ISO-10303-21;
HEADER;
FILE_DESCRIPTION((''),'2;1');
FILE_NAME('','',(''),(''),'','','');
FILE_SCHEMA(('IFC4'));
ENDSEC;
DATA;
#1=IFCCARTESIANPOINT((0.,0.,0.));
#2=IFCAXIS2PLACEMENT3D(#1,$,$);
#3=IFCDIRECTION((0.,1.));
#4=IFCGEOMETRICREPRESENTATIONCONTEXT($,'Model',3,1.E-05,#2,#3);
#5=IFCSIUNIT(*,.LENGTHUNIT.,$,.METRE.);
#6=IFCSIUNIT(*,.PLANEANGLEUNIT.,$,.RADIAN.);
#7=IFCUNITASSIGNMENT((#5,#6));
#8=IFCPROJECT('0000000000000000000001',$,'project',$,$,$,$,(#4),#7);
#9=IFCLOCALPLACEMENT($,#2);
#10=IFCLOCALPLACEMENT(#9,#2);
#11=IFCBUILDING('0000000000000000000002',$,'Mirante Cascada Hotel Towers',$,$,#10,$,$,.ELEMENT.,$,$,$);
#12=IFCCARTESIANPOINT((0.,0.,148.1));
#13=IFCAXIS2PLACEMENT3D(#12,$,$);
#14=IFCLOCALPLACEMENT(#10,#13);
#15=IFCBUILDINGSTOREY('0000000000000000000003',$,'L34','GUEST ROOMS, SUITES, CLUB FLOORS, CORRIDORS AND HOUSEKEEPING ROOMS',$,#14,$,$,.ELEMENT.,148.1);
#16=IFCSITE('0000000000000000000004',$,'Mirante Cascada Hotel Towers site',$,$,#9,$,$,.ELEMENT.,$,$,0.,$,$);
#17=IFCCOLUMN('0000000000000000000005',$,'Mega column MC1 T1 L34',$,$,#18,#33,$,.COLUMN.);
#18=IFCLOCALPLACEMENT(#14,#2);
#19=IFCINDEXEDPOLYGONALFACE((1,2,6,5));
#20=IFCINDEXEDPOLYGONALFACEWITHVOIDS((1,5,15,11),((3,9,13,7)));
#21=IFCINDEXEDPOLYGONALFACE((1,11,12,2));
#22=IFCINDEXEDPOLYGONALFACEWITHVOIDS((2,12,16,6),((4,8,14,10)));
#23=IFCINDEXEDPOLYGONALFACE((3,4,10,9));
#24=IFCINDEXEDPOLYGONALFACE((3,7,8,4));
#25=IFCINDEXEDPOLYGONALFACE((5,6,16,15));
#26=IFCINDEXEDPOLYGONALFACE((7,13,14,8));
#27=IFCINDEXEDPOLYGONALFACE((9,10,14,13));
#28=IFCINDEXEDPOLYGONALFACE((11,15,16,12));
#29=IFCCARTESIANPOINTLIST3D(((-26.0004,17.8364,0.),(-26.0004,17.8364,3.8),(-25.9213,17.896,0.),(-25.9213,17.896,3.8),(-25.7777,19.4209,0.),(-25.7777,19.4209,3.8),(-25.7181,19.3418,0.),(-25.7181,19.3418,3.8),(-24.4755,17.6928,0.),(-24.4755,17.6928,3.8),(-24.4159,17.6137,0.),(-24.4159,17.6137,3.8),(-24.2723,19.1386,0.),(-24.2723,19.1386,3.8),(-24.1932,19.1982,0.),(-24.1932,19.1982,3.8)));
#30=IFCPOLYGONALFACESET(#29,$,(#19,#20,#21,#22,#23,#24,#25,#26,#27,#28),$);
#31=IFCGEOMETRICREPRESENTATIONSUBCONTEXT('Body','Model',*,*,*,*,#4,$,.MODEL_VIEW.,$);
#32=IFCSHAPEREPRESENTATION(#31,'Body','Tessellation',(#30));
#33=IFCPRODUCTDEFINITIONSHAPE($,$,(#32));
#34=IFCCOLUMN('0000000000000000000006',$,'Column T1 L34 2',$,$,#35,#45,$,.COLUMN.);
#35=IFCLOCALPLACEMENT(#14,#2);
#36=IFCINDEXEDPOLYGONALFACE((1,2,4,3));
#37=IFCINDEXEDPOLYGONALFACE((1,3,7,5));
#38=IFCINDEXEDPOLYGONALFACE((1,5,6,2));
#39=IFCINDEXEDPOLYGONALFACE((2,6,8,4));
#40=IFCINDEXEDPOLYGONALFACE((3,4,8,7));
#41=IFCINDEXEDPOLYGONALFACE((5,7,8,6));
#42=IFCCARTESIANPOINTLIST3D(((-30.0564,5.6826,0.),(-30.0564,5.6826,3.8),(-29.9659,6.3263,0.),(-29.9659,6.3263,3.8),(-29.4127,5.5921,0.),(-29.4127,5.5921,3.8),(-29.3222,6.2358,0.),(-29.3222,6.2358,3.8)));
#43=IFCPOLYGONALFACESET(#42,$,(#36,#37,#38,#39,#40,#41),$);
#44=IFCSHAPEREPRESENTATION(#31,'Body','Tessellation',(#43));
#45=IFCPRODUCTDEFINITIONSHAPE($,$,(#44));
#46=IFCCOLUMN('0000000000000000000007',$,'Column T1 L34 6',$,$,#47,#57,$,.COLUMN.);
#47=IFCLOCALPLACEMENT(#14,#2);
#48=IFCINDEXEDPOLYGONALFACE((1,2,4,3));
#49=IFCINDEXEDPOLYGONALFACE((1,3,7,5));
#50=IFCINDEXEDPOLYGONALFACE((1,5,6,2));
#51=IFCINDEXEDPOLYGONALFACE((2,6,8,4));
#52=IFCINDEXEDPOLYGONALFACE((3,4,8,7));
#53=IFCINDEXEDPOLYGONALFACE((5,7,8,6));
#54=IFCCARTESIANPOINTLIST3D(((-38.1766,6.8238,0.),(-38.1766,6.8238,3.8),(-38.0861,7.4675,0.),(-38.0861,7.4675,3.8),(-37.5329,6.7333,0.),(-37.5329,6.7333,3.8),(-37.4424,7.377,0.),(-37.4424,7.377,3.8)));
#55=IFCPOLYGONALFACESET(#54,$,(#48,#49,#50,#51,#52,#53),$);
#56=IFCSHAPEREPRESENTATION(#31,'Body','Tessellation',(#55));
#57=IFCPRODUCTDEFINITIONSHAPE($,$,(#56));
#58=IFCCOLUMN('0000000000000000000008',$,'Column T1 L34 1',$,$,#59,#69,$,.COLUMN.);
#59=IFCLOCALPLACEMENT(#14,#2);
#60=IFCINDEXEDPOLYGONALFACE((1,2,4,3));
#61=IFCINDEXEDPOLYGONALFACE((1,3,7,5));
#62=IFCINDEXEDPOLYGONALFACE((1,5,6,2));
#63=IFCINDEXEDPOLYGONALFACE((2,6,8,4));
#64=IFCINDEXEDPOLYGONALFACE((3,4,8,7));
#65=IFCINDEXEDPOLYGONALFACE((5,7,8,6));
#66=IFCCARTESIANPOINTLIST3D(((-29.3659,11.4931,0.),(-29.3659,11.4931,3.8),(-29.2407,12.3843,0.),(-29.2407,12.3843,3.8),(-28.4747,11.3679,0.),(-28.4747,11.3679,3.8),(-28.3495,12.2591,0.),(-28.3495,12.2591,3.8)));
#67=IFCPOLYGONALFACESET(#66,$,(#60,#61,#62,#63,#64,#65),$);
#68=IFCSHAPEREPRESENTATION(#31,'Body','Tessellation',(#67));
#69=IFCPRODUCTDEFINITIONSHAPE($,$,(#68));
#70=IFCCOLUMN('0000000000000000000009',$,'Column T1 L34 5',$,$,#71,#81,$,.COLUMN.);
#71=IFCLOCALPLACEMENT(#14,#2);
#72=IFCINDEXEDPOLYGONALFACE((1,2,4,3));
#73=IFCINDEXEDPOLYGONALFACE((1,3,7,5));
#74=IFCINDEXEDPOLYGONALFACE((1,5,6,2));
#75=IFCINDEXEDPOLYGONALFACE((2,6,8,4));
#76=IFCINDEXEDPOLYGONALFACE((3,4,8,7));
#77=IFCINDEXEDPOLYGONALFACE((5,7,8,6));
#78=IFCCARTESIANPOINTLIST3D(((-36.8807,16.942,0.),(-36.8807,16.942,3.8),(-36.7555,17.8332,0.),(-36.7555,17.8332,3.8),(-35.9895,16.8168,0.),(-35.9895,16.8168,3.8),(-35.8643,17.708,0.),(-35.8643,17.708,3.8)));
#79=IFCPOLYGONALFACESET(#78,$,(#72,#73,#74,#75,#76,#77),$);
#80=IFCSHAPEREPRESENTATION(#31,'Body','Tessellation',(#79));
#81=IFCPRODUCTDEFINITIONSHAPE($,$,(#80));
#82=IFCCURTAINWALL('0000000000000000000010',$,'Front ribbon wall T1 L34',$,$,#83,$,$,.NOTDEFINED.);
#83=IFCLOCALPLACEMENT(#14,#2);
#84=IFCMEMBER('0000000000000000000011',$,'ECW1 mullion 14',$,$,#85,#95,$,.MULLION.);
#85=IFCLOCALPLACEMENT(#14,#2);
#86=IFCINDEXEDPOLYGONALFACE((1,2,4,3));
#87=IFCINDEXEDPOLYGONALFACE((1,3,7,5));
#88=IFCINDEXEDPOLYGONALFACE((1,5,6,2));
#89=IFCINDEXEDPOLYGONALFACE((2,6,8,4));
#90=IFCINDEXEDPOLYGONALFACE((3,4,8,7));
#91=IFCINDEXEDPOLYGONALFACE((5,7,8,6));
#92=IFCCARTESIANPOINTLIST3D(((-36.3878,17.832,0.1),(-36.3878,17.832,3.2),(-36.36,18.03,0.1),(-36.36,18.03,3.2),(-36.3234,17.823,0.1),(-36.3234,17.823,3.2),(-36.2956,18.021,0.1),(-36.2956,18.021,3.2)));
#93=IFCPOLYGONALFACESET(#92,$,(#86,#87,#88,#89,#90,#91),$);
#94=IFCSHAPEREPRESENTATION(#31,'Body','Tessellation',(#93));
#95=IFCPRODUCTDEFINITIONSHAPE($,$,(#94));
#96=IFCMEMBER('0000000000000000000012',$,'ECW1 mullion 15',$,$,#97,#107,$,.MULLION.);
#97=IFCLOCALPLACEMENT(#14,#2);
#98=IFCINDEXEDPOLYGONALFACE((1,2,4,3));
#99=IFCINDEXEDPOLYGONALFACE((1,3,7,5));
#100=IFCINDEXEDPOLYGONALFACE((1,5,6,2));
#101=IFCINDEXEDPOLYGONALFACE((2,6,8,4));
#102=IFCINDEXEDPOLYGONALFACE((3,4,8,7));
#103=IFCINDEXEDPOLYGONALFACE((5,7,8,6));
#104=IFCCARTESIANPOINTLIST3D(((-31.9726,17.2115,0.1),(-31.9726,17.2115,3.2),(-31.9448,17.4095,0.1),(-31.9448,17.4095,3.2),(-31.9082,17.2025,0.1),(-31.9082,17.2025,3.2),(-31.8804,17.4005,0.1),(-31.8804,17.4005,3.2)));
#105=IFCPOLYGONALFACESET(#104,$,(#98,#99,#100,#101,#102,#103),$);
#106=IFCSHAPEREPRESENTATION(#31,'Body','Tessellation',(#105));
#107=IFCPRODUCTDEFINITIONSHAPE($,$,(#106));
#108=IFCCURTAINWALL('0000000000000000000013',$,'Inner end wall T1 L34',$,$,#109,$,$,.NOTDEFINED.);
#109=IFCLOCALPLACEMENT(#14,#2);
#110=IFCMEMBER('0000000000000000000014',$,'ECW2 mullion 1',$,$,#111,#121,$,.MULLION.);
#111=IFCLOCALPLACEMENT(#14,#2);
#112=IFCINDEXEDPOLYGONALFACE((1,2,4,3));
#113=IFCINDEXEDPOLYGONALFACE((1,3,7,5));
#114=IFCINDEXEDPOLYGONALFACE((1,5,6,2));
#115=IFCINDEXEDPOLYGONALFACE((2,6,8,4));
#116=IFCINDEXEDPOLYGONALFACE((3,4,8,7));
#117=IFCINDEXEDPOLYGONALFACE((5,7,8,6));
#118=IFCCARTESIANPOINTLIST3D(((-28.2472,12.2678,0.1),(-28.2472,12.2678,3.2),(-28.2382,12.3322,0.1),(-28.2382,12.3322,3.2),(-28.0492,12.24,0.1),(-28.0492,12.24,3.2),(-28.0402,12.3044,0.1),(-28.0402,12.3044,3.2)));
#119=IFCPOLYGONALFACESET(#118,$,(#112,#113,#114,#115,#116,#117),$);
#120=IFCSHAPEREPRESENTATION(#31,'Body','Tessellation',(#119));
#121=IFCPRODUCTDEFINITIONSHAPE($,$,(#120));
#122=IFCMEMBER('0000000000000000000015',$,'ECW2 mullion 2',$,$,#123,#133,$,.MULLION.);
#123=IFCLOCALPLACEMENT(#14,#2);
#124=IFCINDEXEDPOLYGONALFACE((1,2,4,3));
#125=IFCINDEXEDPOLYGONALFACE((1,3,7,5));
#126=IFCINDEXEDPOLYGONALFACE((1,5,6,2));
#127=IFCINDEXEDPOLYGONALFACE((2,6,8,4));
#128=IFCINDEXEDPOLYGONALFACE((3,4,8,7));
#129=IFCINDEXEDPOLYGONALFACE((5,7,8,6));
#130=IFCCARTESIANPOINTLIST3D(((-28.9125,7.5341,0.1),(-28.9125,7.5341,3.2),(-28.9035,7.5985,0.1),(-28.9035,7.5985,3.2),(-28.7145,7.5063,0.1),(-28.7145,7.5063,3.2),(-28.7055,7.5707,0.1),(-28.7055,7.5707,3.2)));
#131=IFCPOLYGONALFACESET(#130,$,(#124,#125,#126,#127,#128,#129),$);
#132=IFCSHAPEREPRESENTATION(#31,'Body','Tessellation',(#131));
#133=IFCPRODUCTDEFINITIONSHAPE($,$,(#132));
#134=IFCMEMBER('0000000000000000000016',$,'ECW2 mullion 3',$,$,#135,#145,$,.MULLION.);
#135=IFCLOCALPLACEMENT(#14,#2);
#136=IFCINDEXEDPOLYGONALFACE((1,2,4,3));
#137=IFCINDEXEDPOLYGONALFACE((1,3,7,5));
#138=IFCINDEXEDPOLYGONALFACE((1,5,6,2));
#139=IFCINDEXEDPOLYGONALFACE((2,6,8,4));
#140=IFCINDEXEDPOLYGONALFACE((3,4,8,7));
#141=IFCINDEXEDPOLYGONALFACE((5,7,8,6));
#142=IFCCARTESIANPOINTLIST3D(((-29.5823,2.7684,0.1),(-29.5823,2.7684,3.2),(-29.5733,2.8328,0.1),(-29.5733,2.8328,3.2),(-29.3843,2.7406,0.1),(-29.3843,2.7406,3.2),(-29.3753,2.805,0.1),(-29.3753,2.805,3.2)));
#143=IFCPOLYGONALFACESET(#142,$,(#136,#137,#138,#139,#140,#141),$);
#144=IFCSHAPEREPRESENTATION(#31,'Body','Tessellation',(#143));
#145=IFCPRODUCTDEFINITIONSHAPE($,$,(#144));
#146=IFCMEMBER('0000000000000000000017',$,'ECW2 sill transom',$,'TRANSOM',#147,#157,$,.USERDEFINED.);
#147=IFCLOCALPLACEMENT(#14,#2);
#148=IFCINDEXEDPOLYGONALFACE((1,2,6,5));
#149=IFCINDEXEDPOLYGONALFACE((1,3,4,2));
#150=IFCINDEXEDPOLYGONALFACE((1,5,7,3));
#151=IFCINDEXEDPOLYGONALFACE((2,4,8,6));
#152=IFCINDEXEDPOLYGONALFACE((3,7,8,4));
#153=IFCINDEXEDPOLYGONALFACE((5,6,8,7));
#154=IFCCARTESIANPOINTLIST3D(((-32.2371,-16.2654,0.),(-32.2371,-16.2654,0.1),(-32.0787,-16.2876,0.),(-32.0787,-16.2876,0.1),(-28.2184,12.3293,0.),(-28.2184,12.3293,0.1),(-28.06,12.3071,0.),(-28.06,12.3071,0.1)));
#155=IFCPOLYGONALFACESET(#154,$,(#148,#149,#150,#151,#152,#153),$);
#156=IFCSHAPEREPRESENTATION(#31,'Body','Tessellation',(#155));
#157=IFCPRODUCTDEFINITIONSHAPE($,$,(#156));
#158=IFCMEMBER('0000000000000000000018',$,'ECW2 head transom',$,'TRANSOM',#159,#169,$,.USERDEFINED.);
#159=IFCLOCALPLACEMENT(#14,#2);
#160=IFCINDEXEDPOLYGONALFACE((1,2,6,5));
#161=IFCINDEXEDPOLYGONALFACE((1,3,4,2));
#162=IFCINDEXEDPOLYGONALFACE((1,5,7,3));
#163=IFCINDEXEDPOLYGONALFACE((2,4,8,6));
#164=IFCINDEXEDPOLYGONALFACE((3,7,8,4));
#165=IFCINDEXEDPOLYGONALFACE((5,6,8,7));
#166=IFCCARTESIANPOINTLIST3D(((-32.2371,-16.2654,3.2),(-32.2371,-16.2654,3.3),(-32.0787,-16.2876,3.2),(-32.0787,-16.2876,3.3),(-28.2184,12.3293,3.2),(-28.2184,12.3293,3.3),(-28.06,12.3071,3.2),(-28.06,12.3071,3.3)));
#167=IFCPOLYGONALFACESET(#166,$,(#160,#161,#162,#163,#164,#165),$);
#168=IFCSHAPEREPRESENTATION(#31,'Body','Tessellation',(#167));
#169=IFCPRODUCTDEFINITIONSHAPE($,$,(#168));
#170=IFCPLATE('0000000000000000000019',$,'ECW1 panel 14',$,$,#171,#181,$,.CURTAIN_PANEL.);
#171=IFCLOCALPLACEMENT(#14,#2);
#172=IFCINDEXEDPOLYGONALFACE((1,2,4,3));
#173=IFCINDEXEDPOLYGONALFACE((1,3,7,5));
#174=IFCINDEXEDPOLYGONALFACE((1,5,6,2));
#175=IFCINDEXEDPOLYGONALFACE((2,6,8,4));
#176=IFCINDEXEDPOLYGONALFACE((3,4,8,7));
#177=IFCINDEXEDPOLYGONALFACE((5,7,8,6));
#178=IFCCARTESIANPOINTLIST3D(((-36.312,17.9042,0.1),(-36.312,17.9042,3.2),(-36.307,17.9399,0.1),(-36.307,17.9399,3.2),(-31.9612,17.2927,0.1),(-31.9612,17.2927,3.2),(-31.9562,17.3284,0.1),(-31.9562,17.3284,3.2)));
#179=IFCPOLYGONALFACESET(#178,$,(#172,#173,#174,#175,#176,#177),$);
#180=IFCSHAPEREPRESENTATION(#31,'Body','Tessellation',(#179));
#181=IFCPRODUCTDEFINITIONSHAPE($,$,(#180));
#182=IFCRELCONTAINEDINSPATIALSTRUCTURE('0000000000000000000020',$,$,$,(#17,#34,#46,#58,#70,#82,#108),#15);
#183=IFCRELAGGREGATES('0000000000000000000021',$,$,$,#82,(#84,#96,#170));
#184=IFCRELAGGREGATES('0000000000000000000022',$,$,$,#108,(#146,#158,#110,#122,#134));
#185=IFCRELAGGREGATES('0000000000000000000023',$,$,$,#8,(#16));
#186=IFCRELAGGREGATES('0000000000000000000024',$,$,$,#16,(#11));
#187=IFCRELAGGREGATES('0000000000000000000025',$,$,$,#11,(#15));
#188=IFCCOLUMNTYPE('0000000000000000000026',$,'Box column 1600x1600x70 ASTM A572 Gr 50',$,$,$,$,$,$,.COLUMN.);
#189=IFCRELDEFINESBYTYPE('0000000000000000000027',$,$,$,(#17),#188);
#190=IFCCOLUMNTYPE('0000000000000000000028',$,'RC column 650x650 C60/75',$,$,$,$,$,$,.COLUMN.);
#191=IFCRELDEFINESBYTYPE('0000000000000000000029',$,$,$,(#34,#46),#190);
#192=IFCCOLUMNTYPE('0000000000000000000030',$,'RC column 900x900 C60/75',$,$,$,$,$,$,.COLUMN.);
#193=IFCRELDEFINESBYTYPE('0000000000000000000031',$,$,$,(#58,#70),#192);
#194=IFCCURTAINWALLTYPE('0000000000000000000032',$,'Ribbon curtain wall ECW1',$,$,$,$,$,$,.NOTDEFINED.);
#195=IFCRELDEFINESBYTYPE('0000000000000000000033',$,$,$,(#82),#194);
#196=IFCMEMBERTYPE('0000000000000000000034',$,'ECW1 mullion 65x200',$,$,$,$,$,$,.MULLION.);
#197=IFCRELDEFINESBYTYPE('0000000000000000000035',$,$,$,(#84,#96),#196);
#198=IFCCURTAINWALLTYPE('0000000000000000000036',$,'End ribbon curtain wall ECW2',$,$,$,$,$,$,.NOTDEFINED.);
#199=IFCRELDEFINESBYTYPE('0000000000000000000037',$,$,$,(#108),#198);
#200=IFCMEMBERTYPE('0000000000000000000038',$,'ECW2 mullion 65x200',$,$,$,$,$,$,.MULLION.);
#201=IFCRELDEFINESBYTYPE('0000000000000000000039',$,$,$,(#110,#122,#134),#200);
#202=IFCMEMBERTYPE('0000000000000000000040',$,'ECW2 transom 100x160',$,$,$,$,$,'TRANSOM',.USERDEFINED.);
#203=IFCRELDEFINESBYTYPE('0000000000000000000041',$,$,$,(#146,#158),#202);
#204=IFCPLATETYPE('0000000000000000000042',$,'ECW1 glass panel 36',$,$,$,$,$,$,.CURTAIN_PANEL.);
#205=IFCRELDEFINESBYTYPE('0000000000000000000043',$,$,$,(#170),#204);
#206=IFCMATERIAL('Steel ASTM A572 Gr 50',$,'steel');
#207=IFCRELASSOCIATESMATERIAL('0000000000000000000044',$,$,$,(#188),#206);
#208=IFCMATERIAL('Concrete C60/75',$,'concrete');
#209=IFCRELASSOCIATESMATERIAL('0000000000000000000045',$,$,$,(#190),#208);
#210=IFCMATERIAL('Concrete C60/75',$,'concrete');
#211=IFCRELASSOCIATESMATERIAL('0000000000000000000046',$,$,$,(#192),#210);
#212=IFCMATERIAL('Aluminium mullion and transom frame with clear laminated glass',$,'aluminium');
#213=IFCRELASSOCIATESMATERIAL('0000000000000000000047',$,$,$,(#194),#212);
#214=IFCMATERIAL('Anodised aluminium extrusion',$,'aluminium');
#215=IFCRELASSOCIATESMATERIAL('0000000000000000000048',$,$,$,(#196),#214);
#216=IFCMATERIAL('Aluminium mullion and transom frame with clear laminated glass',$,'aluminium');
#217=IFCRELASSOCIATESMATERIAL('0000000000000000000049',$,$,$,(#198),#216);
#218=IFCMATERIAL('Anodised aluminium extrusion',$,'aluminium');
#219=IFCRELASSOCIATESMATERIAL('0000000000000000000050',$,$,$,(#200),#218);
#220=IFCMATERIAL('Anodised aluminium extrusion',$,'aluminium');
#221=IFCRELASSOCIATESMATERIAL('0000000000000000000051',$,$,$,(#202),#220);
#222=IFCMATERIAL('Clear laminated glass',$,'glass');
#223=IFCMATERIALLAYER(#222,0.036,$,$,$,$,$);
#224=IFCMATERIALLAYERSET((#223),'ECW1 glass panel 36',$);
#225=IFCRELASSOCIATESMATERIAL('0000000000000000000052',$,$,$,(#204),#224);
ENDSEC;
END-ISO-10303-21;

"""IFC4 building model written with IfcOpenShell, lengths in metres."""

from ifc_helpers import new_model, si_unit, direction, frame, origin, origin_2d, place, context, subcontext, project, spatial, rectangle, hollow_rectangle, extrude, material, layer, layer_set, material_profile, profile_set, type_object, element, aggregate, save


model = new_model("IFC4")

# Units and contexts
model_context = context("Model", 3, precision=1e-05, world=origin(), true_north=direction((0.0, 1.0)))
body_context = subcontext(model_context, "Body", "Model", "MODEL_VIEW")
ifc_project = project(units=[si_unit("LENGTHUNIT", "METRE"), si_unit("PLANEANGLEUNIT", "RADIAN")], contexts=[model_context])

# Site, building, storey
site_placement = place(None, origin())
site = spatial("IfcSite", under=ifc_project, at=site_placement, Name="Mirante Cascada Hotel Towers site", CompositionType="ELEMENT", RefElevation=0.0)
building_placement = place(site_placement, origin())
building = spatial("IfcBuilding", under=site, at=building_placement, Name="Mirante Cascada Hotel Towers", CompositionType="ELEMENT")
storey_placement = place(building_placement, frame((0.0, 0.0, 148.1)))
storey = spatial("IfcBuildingStorey", under=building, at=storey_placement, Name="L34", Description="GUEST ROOMS, SUITES, CLUB FLOORS, CORRIDORS AND HOUSEKEEPING ROOMS", CompositionType="ELEMENT", Elevation=148.1)

# Columns
ifc_material_1 = material(Name="Steel ASTM A572 Gr 50", Category="steel")
ifc_material_profile_1 = material_profile(ifc_material_1, hollow_rectangle(XDim=1.6, YDim=1.6, WallThickness=0.07, at=origin_2d()), Name="Box column 1600x1600x70 ASTM A572 Gr 50")
ifc_profile_set_1 = profile_set([ifc_material_profile_1], Name="Steel ASTM A572 Gr 50")
column_type_1 = type_object("IfcColumnType", Name="Box column 1600x1600x70 ASTM A572 Gr 50", PredefinedType="COLUMN", material=ifc_profile_set_1)
column_placement = place(storey_placement, frame((-25.0968, 18.5173, 0.0), z_axis=(0.0, 0.0, 1.0), x_axis=(-0.990268, 0.139173, 0.0)))
element("IfcColumn", 1, at=column_placement, inside=storey, type_object=column_type_1, Name="Mega column MC1 T1 L34", PredefinedType="COLUMN", context=body_context, shape_type="SweptSolid", body=[
    extrude(hollow_rectangle(XDim=1.6, YDim=1.6, WallThickness=0.07, at=origin_2d()), origin(), (0.0, 0.0, 1.0), 3.8),
])
ifc_material_2 = material(Name="Concrete C60/75", Category="concrete")
ifc_material_profile_2 = material_profile(ifc_material_2, rectangle(XDim=0.65, YDim=0.65, at=origin_2d()), Name="RC column 650x650 C60/75")
ifc_profile_set_2 = profile_set([ifc_material_profile_2], Name="Concrete C60/75")
column_type_2 = type_object("IfcColumnType", Name="RC column 650x650 C60/75", PredefinedType="COLUMN", material=ifc_profile_set_2)
for number, where, z_axis, x_axis, name in (
    (2, (-29.6893, 5.9592, 0.0), (0.0, 0.0, 1.0), (-0.990268, 0.139173, 0.0), "Column T1 L34 2"),
    (3, (-37.8095, 7.1004, 0.0), (0.0, 0.0, 1.0), (-0.990268, 0.139173, 0.0), "Column T1 L34 6"),
):
    element("IfcColumn", number, at=place(storey_placement, frame(where, z_axis=z_axis, x_axis=x_axis)), inside=storey, type_object=column_type_2, Name=name, PredefinedType="COLUMN", context=body_context, shape_type="SweptSolid", body=[
        extrude(rectangle(XDim=0.65, YDim=0.65, at=origin_2d()), origin(), (0.0, 0.0, 1.0), 3.8),
    ])
ifc_material_3 = material(Name="Concrete C60/75", Category="concrete")
ifc_material_profile_3 = material_profile(ifc_material_3, rectangle(XDim=0.9, YDim=0.9, at=origin_2d()), Name="RC column 900x900 C60/75")
ifc_profile_set_3 = profile_set([ifc_material_profile_3], Name="Concrete C60/75")
column_type_3 = type_object("IfcColumnType", Name="RC column 900x900 C60/75", PredefinedType="COLUMN", material=ifc_profile_set_3)
for number, where, z_axis, x_axis, name in (
    (4, (-28.8577, 11.8761, 0.0), (0.0, 0.0, 1.0), (-0.990268, 0.139173, 0.0), "Column T1 L34 1"),
    (5, (-36.3725, 17.325, 0.0), (0.0, 0.0, 1.0), (-0.990268, 0.139173, 0.0), "Column T1 L34 5"),
):
    element("IfcColumn", number, at=place(storey_placement, frame(where, z_axis=z_axis, x_axis=x_axis)), inside=storey, type_object=column_type_3, Name=name, PredefinedType="COLUMN", context=body_context, shape_type="SweptSolid", body=[
        extrude(rectangle(XDim=0.9, YDim=0.9, at=origin_2d()), origin(), (0.0, 0.0, 1.0), 3.8),
    ])

# Curtain walls, members
ifc_material_4 = material(Name="Aluminium mullion and transom frame with clear laminated glass", Category="aluminium")
curtain_wall_type_1 = type_object("IfcCurtainWallType", Name="Ribbon curtain wall ECW1", PredefinedType="NOTDEFINED", material=ifc_material_4)
curtain_wall_1_placement = place(storey_placement, origin())
curtain_wall_1 = element("IfcCurtainWall", 6, at=curtain_wall_1_placement, inside=storey, type_object=curtain_wall_type_1, Name="Front ribbon wall T1 L34", PredefinedType="NOTDEFINED")
ifc_material_5 = material(Name="Anodised aluminium extrusion", Category="aluminium")
ifc_material_profile_4 = material_profile(ifc_material_5, rectangle(XDim=0.2, YDim=0.065, at=origin_2d()), Name="ECW1 MULLION 65x200")
ifc_profile_set_4 = profile_set([ifc_material_profile_4], Name="Anodised aluminium extrusion")
member_type_1 = type_object("IfcMemberType", Name="ECW1 mullion 65x200", PredefinedType="MULLION", material=ifc_profile_set_4)
member_1_placement = place(storey_placement, frame((-36.3417, 17.9265, 0.1), z_axis=(0.0, 0.0, 1.0), x_axis=(0.139173, 0.990268, 0.0)))
member_1 = element("IfcMember", 7, at=member_1_placement, type_object=member_type_1, Name="ECW1 mullion 14", PredefinedType="MULLION", context=body_context, shape_type="SweptSolid", body=[
    extrude(rectangle(XDim=0.2, YDim=0.065, at=origin_2d()), origin(), (0.0, 0.0, 1.0), 3.1),
])
member_2_placement = place(storey_placement, frame((-31.9265, 17.306, 0.1), z_axis=(0.0, 0.0, 1.0), x_axis=(0.139173, 0.990268, 0.0)))
member_2 = element("IfcMember", 8, at=member_2_placement, type_object=member_type_1, Name="ECW1 mullion 15", PredefinedType="MULLION", context=body_context, shape_type="SweptSolid", body=[
    extrude(rectangle(XDim=0.2, YDim=0.065, at=origin_2d()), origin(), (0.0, 0.0, 1.0), 3.1),
])
ifc_material_6 = material(Name="Aluminium mullion and transom frame with clear laminated glass", Category="aluminium")
curtain_wall_type_2 = type_object("IfcCurtainWallType", Name="End ribbon curtain wall ECW2", PredefinedType="NOTDEFINED", material=ifc_material_6)
curtain_wall_2_placement = place(storey_placement, origin())
curtain_wall_2 = element("IfcCurtainWall", 9, at=curtain_wall_2_placement, inside=storey, type_object=curtain_wall_type_2, Name="Inner end wall T1 L34", PredefinedType="NOTDEFINED")
ifc_material_7 = material(Name="Anodised aluminium extrusion", Category="aluminium")
ifc_material_profile_5 = material_profile(ifc_material_7, rectangle(XDim=0.2, YDim=0.065, at=origin_2d()), Name="ECW2 MULLION 65x200")
ifc_profile_set_5 = profile_set([ifc_material_profile_5], Name="Anodised aluminium extrusion")
member_type_2 = type_object("IfcMemberType", Name="ECW2 mullion 65x200", PredefinedType="MULLION", material=ifc_profile_set_5)
member_3_placement = place(storey_placement, frame((-28.1437, 12.2861, 0.1), z_axis=(0.0, 0.0, 1.0), x_axis=(0.990268, -0.139173, 0.0)))
member_3 = element("IfcMember", 10, at=member_3_placement, type_object=member_type_2, Name="ECW2 mullion 1", PredefinedType="MULLION", context=body_context, shape_type="SweptSolid", body=[
    extrude(rectangle(XDim=0.2, YDim=0.065, at=origin_2d()), origin(), (0.0, 0.0, 1.0), 3.1),
])
member_4_placement = place(storey_placement, frame((-28.809, 7.5524, 0.1), z_axis=(0.0, 0.0, 1.0), x_axis=(0.990268, -0.139173, 0.0)))
member_4 = element("IfcMember", 11, at=member_4_placement, type_object=member_type_2, Name="ECW2 mullion 2", PredefinedType="MULLION", context=body_context, shape_type="SweptSolid", body=[
    extrude(rectangle(XDim=0.2, YDim=0.065, at=origin_2d()), origin(), (0.0, 0.0, 1.0), 3.1),
])
member_5_placement = place(storey_placement, frame((-29.4788, 2.7867, 0.1), z_axis=(0.0, 0.0, 1.0), x_axis=(0.990268, -0.139173, 0.0)))
member_5 = element("IfcMember", 12, at=member_5_placement, type_object=member_type_2, Name="ECW2 mullion 3", PredefinedType="MULLION", context=body_context, shape_type="SweptSolid", body=[
    extrude(rectangle(XDim=0.2, YDim=0.065, at=origin_2d()), origin(), (0.0, 0.0, 1.0), 3.1),
])
ifc_material_8 = material(Name="Anodised aluminium extrusion", Category="aluminium")
ifc_material_profile_6 = material_profile(ifc_material_8, rectangle(XDim=0.16, YDim=0.1, at=origin_2d()), Name="ECW2 TRANSOM 100x160")
ifc_profile_set_6 = profile_set([ifc_material_profile_6], Name="Anodised aluminium extrusion")
member_type_3 = type_object("IfcMemberType", Name="ECW2 transom 100x160", ElementType="TRANSOM", PredefinedType="USERDEFINED", material=ifc_profile_set_6)
member_6_placement = place(storey_placement, frame((-28.1392, 12.3182, 0.05), z_axis=(-0.139172, -0.990268, 0.0), x_axis=(0.990268, -0.139172, 0.0)))
member_6 = element("IfcMember", 13, at=member_6_placement, type_object=member_type_3, Name="ECW2 sill transom", ObjectType="TRANSOM", PredefinedType="USERDEFINED", context=body_context, shape_type="SweptSolid", body=[
    extrude(rectangle(XDim=0.16, YDim=0.1, at=origin_2d()), origin(), (0.0, 0.0, 1.0), 28.8757),
])
member_7_placement = place(storey_placement, frame((-28.1392, 12.3182, 3.25), z_axis=(-0.139172, -0.990268, 0.0), x_axis=(0.990268, -0.139172, 0.0)))
member_7 = element("IfcMember", 14, at=member_7_placement, type_object=member_type_3, Name="ECW2 head transom", ObjectType="TRANSOM", PredefinedType="USERDEFINED", context=body_context, shape_type="SweptSolid", body=[
    extrude(rectangle(XDim=0.16, YDim=0.1, at=origin_2d()), origin(), (0.0, 0.0, 1.0), 28.8757),
])

# Plate
ifc_material_9 = material(Name="Clear laminated glass", Category="glass")
ifc_layer_1 = layer(ifc_material_9, 0.036)
ifc_layer_set_1 = layer_set([ifc_layer_1], Name="ECW1 glass panel 36")
plate_type_1 = type_object("IfcPlateType", Name="ECW1 glass panel 36", PredefinedType="CURTAIN_PANEL", material=ifc_layer_set_1)
plate_1_placement = place(storey_placement, frame((-34.1341, 17.6163, 0.1), z_axis=(0.0, 0.0, 1.0), x_axis=(0.990268, -0.139173, 0.0)))
plate_1 = element("IfcPlate", 15, at=plate_1_placement, type_object=plate_type_1, Name="ECW1 panel 14", PredefinedType="CURTAIN_PANEL", context=body_context, shape_type="SweptSolid", body=[
    extrude(rectangle(XDim=4.3936, YDim=0.036, at=origin_2d()), origin(), (0.0, 0.0, 1.0), 3.1),
])
aggregate(curtain_wall_1, [member_1, member_2, plate_1])
aggregate(curtain_wall_2, [member_6, member_7, member_3, member_4, member_5])

save(model, "model.ifc")
